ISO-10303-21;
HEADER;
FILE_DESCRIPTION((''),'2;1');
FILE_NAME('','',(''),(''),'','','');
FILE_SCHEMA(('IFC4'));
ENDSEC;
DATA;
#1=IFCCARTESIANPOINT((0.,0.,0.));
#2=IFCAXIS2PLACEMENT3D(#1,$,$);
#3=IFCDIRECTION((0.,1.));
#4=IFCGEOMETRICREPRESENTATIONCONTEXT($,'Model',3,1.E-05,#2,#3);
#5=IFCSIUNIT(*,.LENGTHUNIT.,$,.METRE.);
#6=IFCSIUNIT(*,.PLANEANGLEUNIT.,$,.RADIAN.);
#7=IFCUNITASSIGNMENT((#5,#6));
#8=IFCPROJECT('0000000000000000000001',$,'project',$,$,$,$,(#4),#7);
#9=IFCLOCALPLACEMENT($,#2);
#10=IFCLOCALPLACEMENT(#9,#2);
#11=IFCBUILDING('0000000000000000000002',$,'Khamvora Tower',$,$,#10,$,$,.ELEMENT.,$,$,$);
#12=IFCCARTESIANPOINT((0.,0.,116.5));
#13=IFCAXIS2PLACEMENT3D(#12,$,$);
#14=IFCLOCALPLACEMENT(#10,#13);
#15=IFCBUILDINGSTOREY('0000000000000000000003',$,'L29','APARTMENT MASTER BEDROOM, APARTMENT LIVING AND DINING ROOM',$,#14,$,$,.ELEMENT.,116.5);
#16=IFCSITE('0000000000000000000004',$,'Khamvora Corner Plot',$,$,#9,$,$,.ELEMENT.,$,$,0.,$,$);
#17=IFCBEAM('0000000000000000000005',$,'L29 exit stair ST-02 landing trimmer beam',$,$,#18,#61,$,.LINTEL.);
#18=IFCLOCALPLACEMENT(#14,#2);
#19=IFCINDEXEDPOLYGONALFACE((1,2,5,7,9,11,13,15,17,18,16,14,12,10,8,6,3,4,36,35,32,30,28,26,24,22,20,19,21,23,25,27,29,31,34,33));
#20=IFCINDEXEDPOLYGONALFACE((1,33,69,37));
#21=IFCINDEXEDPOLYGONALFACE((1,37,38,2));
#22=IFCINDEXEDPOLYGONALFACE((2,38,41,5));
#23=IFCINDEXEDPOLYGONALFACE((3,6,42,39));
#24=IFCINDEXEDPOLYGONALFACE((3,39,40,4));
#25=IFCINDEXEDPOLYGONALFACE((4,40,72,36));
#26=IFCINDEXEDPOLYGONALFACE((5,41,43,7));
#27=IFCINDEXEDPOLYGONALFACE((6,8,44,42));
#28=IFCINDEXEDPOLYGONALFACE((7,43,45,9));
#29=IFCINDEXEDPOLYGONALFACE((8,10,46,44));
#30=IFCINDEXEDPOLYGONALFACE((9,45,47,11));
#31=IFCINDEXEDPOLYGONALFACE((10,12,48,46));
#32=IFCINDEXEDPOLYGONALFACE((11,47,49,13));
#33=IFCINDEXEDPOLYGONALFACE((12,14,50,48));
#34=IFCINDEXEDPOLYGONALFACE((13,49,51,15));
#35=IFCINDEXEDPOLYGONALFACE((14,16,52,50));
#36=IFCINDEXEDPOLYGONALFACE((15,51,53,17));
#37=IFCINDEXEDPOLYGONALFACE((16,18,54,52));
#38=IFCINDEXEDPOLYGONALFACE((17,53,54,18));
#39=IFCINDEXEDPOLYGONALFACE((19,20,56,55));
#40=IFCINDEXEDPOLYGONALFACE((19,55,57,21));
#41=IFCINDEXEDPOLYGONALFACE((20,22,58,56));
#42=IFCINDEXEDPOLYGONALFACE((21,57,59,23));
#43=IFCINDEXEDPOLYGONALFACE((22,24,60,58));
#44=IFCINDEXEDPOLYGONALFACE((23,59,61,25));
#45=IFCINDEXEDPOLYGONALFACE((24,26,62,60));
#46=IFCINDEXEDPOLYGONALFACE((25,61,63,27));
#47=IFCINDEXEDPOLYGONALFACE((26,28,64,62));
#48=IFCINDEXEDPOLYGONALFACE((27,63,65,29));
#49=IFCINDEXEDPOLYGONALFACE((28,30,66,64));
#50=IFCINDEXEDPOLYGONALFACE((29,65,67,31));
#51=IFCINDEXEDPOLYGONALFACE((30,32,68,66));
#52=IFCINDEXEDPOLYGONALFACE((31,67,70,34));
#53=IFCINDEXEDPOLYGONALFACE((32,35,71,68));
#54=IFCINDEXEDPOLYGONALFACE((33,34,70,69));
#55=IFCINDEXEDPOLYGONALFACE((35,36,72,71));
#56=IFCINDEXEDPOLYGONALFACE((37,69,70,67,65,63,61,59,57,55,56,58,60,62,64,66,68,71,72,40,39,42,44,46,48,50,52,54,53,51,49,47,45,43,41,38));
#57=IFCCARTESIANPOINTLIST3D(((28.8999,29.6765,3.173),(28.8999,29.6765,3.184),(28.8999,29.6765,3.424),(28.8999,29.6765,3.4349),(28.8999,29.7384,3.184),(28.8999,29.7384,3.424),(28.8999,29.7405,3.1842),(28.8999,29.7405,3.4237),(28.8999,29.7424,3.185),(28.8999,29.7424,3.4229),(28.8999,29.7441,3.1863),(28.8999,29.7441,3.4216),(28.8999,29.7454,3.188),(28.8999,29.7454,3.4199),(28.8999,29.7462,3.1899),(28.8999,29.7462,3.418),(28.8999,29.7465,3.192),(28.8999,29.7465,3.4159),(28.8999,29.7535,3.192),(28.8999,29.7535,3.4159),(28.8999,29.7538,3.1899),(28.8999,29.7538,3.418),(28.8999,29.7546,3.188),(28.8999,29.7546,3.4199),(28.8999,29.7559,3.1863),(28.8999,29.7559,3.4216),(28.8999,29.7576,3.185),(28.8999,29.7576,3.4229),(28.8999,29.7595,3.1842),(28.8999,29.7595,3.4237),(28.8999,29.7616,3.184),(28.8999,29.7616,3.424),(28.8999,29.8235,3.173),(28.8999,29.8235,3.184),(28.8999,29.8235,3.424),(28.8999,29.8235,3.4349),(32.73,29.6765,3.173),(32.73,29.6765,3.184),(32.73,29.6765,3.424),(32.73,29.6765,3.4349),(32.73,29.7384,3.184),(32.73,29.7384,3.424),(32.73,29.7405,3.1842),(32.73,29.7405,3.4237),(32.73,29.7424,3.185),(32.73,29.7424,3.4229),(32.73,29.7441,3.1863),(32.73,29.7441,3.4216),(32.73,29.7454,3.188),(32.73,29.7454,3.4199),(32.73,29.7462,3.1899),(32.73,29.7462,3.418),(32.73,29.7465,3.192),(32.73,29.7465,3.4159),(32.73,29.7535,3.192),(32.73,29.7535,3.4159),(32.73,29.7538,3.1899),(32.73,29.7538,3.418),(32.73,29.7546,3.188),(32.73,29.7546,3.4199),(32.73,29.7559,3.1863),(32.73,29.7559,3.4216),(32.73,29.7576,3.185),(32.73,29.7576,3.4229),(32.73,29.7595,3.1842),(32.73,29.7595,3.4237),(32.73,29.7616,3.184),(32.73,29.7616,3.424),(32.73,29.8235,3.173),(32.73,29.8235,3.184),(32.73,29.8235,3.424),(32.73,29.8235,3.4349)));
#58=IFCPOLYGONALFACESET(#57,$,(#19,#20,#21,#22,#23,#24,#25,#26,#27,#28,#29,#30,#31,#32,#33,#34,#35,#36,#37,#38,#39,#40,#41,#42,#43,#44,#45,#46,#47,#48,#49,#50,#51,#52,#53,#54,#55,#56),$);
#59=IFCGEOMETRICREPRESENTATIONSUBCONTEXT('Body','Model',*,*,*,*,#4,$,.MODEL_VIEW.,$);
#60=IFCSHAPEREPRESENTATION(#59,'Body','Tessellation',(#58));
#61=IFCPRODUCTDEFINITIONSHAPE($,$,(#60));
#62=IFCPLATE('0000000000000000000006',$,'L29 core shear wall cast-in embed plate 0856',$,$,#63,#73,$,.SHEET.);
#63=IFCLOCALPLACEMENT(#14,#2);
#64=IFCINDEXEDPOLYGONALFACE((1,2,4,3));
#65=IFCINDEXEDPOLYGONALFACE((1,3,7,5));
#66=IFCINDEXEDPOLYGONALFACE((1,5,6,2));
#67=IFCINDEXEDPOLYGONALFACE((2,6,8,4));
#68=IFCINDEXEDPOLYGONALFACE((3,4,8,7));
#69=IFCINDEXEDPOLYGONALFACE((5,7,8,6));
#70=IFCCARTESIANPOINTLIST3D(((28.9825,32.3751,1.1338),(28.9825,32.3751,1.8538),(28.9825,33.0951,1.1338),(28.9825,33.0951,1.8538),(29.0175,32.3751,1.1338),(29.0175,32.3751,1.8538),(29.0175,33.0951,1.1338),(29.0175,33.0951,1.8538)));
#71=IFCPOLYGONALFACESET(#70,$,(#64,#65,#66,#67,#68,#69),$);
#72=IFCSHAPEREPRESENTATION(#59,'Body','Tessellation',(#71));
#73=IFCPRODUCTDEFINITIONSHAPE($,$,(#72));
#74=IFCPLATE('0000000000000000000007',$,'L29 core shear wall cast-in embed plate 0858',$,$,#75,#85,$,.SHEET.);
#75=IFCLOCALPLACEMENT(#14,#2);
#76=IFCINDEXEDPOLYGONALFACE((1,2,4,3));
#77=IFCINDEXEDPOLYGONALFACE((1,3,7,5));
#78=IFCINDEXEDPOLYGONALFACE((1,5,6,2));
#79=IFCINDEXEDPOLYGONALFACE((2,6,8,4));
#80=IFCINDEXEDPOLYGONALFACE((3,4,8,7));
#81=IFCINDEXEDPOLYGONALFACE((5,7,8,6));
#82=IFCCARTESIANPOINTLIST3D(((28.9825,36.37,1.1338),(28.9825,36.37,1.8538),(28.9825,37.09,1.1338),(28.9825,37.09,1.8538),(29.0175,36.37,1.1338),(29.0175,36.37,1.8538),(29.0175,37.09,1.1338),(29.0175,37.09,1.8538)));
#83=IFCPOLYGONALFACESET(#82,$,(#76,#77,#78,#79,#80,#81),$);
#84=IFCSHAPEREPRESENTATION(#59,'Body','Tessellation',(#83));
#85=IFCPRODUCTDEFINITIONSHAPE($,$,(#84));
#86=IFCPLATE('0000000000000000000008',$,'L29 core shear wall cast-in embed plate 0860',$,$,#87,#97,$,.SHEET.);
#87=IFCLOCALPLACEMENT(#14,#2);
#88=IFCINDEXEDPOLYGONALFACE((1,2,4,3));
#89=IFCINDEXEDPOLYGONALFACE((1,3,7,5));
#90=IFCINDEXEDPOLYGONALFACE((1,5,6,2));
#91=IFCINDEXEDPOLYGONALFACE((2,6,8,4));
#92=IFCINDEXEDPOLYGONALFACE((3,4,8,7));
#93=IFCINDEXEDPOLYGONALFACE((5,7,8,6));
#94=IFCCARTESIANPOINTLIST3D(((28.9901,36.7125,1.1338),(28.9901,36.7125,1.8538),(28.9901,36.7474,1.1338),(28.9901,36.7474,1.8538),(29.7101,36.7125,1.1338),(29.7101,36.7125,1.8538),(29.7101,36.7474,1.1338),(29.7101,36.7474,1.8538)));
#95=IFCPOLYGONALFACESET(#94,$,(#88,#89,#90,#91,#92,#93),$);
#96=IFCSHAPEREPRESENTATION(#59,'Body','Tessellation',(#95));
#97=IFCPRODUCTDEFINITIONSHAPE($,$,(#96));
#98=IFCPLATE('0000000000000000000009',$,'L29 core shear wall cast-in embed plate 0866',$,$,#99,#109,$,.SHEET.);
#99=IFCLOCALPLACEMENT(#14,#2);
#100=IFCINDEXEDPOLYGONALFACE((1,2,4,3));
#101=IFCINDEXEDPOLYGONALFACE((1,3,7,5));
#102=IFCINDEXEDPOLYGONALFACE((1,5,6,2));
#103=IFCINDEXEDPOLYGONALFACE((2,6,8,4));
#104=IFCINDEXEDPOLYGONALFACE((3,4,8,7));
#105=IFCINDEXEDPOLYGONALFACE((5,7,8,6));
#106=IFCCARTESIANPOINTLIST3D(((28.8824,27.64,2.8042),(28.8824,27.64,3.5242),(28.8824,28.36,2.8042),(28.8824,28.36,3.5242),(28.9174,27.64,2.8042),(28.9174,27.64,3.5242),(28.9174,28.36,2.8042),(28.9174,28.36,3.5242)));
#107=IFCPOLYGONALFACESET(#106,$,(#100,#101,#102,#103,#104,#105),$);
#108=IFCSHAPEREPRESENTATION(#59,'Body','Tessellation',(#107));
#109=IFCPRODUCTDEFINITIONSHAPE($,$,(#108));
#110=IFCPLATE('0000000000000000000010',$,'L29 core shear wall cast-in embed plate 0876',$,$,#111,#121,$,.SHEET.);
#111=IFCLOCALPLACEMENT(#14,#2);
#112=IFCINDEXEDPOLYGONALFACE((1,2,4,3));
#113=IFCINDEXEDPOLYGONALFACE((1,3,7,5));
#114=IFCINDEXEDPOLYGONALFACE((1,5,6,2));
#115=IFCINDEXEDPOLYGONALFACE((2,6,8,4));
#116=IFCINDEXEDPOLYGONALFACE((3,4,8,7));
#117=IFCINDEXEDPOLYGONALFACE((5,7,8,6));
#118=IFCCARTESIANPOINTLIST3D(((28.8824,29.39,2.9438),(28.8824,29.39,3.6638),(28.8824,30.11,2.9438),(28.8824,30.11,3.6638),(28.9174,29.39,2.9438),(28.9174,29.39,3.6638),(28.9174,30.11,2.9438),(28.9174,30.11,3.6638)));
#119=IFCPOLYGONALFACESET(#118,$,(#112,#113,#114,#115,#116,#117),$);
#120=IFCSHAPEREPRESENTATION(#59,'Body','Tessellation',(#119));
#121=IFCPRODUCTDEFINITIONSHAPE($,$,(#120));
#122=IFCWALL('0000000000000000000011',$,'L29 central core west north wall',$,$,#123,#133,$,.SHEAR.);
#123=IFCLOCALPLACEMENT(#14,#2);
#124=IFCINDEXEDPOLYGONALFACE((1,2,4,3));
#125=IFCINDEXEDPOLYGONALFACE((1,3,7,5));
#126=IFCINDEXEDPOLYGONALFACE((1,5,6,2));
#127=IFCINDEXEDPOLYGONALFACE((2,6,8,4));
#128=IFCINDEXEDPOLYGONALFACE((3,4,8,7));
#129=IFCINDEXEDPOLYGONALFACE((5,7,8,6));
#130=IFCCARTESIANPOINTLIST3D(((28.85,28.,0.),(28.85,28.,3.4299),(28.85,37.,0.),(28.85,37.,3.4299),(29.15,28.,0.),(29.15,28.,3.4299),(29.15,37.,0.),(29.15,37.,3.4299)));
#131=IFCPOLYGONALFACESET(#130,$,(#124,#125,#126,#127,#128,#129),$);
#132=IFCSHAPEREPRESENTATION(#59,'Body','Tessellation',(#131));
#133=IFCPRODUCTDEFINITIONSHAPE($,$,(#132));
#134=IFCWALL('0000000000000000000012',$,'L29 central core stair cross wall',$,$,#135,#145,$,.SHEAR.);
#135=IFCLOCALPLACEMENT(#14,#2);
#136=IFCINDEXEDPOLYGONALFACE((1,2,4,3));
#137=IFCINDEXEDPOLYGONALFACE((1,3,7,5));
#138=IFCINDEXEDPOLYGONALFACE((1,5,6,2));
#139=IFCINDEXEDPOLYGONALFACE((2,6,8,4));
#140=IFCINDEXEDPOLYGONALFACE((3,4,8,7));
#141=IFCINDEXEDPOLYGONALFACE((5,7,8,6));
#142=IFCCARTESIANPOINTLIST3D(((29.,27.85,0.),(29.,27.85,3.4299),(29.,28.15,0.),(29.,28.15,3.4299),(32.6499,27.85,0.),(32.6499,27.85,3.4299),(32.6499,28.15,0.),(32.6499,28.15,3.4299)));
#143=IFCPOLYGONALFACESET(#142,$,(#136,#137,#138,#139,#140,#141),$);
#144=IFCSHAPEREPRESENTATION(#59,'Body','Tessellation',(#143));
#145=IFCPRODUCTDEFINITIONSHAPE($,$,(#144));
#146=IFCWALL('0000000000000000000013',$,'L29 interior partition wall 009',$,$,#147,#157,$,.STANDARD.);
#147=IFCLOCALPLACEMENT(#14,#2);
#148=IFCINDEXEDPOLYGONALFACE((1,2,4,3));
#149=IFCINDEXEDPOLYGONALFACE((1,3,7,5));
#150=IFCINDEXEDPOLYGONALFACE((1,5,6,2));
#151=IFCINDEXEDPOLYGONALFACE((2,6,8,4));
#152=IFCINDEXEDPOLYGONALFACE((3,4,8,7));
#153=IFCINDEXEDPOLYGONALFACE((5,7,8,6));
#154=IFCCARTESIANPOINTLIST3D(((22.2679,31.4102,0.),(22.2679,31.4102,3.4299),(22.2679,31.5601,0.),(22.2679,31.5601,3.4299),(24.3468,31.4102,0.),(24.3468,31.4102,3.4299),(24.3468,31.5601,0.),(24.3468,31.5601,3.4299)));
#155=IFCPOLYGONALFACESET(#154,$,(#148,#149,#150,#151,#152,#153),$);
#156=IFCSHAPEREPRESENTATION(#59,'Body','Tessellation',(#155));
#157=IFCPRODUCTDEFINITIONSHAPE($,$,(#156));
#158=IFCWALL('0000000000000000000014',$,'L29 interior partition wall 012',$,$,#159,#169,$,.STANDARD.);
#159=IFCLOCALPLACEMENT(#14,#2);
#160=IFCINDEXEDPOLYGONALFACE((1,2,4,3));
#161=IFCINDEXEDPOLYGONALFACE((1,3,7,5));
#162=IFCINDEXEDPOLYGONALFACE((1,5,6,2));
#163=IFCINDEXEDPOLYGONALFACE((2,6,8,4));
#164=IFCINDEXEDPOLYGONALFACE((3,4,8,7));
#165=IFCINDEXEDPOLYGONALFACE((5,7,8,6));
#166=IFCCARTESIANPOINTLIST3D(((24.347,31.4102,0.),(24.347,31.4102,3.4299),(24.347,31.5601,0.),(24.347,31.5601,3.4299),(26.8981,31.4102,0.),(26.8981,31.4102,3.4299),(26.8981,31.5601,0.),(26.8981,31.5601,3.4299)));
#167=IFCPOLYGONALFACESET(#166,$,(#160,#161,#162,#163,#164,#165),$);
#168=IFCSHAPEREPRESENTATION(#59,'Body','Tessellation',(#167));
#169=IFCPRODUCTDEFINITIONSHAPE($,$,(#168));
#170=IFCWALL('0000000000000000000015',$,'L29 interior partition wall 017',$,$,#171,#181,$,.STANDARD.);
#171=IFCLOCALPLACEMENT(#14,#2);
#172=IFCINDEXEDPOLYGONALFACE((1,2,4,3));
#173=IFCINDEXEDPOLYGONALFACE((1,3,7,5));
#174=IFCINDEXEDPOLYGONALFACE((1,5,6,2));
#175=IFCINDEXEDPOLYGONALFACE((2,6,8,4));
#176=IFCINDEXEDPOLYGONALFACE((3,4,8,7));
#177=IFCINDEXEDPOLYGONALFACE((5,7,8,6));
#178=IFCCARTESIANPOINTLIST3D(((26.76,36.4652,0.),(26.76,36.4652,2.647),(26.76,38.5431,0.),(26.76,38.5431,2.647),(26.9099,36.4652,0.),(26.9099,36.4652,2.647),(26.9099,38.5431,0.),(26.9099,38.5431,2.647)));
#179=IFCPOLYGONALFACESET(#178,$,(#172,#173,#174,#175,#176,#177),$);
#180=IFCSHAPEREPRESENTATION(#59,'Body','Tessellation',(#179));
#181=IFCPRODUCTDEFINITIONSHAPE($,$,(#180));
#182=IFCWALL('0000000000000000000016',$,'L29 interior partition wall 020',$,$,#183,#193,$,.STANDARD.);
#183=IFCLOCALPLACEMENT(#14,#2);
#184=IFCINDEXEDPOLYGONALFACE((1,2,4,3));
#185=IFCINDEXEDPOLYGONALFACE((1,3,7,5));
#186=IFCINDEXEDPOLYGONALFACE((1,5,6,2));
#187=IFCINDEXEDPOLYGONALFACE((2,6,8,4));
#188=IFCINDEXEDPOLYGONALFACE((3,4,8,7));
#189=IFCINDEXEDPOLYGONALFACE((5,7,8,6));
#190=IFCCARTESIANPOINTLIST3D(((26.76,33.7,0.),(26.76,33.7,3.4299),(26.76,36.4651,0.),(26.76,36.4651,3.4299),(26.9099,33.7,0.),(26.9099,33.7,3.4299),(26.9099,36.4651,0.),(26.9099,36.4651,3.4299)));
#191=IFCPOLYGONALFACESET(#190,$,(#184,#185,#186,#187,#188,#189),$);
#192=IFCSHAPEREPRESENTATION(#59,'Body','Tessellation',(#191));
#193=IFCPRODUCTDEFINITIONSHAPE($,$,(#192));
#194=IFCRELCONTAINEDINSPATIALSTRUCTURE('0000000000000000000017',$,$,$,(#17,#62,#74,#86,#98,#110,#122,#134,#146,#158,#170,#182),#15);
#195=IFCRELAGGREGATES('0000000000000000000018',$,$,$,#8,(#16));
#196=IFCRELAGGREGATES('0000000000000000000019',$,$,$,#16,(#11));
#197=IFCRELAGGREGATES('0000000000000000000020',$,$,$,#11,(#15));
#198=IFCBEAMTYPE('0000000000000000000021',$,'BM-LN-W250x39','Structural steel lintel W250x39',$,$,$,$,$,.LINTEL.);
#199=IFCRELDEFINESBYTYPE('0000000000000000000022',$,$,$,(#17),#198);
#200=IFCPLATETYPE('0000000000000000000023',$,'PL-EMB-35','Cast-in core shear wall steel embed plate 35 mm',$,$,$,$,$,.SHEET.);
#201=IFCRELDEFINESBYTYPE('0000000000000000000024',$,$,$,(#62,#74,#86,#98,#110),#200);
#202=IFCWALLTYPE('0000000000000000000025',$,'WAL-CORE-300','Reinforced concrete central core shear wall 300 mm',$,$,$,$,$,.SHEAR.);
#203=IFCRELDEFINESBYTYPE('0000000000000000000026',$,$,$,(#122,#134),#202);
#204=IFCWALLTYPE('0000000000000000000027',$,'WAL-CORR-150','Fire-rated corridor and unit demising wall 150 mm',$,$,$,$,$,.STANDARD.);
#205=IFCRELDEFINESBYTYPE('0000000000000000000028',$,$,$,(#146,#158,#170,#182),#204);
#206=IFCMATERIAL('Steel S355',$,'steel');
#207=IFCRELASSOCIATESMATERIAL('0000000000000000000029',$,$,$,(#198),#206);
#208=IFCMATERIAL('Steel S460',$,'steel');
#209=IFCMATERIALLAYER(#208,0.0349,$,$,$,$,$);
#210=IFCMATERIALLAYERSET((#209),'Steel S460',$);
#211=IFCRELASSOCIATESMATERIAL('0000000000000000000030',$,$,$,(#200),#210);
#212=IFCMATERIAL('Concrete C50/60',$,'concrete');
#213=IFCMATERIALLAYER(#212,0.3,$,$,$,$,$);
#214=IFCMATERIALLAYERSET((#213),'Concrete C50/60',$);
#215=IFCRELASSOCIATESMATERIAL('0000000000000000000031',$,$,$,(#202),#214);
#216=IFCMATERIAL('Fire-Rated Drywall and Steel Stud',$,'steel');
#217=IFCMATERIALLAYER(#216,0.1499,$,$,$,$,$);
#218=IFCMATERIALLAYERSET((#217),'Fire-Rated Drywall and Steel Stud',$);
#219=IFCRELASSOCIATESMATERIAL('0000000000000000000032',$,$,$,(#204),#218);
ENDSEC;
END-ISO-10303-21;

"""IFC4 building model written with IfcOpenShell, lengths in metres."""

from ifc_helpers import new_model, si_unit, direction, frame, frame_2d, origin, origin_2d, place, context, subcontext, project, spatial, rectangle, i_section, extrude, material, layer, layer_set, material_profile, profile_set, type_object, element, save


model = new_model("IFC4")

# Units and contexts
model_context = context("Model", 3, precision=1e-05, world=origin(), true_north=direction((0.0, 1.0)))
body_context = subcontext(model_context, "Body", "Model", "MODEL_VIEW")
ifc_project = project(units=[si_unit("LENGTHUNIT", "METRE"), si_unit("PLANEANGLEUNIT", "RADIAN")], contexts=[model_context])

# Site, building, storey
site_placement = place(None, origin())
site = spatial("IfcSite", under=ifc_project, at=site_placement, Name="Khamvora Corner Plot", CompositionType="ELEMENT", RefElevation=0.0)
building_placement = place(site_placement, origin())
building = spatial("IfcBuilding", under=site, at=building_placement, Name="Khamvora Tower", CompositionType="ELEMENT")
storey_placement = place(building_placement, frame((0.0, 0.0, 116.5)))
storey = spatial("IfcBuildingStorey", under=building, at=storey_placement, Name="L29", Description="APARTMENT MASTER BEDROOM, APARTMENT LIVING AND DINING ROOM", CompositionType="ELEMENT", Elevation=116.5)

# Shared definitions
ifc_material_1 = material(Name="Steel S460", Category="steel")

# Beam
ifc_material_2 = material(Name="Steel S355", Category="steel")
ifc_material_profile_1 = material_profile(ifc_material_2, i_section(OverallWidth=0.147, OverallDepth=0.262, WebThickness=0.0071, FlangeThickness=0.011, FilletRadius=0.0081, at=origin_2d()), Name="W250x39")
ifc_profile_set_1 = profile_set([ifc_material_profile_1], Name="Steel S355")
beam_type = type_object("IfcBeamType", Name="BM-LN-W250x39", Description="Structural steel lintel W250x39", PredefinedType="LINTEL", material=ifc_profile_set_1)
beam_1_placement = place(storey_placement, frame((28.8999, 29.75, 3.304), z_axis=(1.0, 0.0, 0.0), x_axis=(0.0, 1.0, 0.0)))
element("IfcBeam", 1, at=beam_1_placement, inside=storey, type_object=beam_type, Name="L29 exit stair ST-02 landing trimmer beam", PredefinedType="LINTEL", context=body_context, shape_type="SweptSolid", body=[
    extrude(i_section(OverallWidth=0.147, OverallDepth=0.262, WebThickness=0.0071, FlangeThickness=0.011, FilletRadius=0.0081, at=origin_2d()), origin(), (0.0, 0.0, 1.0), 3.8301),
])

# Plates
ifc_layer_1 = layer(ifc_material_1, 0.0349)
ifc_layer_set_1 = layer_set([ifc_layer_1], Name="Steel S460")
plate_type = type_object("IfcPlateType", Name="PL-EMB-35", Description="Cast-in core shear wall steel embed plate 35 mm", PredefinedType="SHEET", material=ifc_layer_set_1)
for number, where, z_axis, x_axis, name in (
    (2, (29.0, 32.7351, 1.1338), (0.0, 0.0, 1.0), (1.0, 0.0, 0.0), "L29 core shear wall cast-in embed plate 0856"),
    (3, (29.0, 36.73, 1.1338), (0.0, 0.0, 1.0), (1.0, 0.0, 0.0), "L29 core shear wall cast-in embed plate 0858"),
):
    element("IfcPlate", number, at=place(storey_placement, frame(where, z_axis=z_axis, x_axis=x_axis)), inside=storey, type_object=plate_type, Name=name, PredefinedType="SHEET", context=body_context, shape_type="SweptSolid", body=[
        extrude(rectangle(XDim=0.0349, YDim=0.72, at=origin_2d()), origin(), (0.0, 0.0, 1.0), 0.72),
    ])
plate_placement = place(storey_placement, frame((29.3501, 36.73, 1.1338), z_axis=(0.0, 0.0, 1.0), x_axis=(1.0, 0.0, 0.0)))
element("IfcPlate", 4, at=plate_placement, inside=storey, type_object=plate_type, Name="L29 core shear wall cast-in embed plate 0860", PredefinedType="SHEET", context=body_context, shape_type="SweptSolid", body=[
    extrude(rectangle(XDim=0.72, YDim=0.0349, at=origin_2d()), origin(), (0.0, 0.0, 1.0), 0.72),
])
for number, where, z_axis, x_axis, name in (
    (5, (28.8999, 28.0, 2.8042), (0.0, 0.0, 1.0), (1.0, 0.0, 0.0), "L29 core shear wall cast-in embed plate 0866"),
    (6, (28.8999, 29.75, 2.9438), (0.0, 0.0, 1.0), (1.0, 0.0, 0.0), "L29 core shear wall cast-in embed plate 0876"),
):
    element("IfcPlate", number, at=place(storey_placement, frame(where, z_axis=z_axis, x_axis=x_axis)), inside=storey, type_object=plate_type, Name=name, PredefinedType="SHEET", context=body_context, shape_type="SweptSolid", body=[
        extrude(rectangle(XDim=0.0349, YDim=0.72, at=origin_2d()), origin(), (0.0, 0.0, 1.0), 0.72),
    ])

# Walls
ifc_material_3 = material(Name="Concrete C50/60", Category="concrete")
ifc_layer_2 = layer(ifc_material_3, 0.3)
ifc_layer_set_2 = layer_set([ifc_layer_2], Name="Concrete C50/60")
wall_type_1 = type_object("IfcWallType", Name="WAL-CORE-300", Description="Reinforced concrete central core shear wall 300 mm", PredefinedType="SHEAR", material=ifc_layer_set_2)
wall_1_placement = place(storey_placement, frame((29.0, 28.0, 0.0), z_axis=(0.0, 0.0, 1.0), x_axis=(0.0, 1.0, 0.0)))
element("IfcWall", 7, at=wall_1_placement, inside=storey, type_object=wall_type_1, Name="L29 central core west north wall", PredefinedType="SHEAR", context=body_context, shape_type="SweptSolid", body=[
    extrude(rectangle(XDim=9.0, YDim=0.3, at=frame_2d((4.5, 0.0))), origin(), (0.0, 0.0, 1.0), 3.4299),
])
wall_2_placement = place(storey_placement, frame((29.0, 28.0, 0.0), z_axis=(0.0, 0.0, 1.0), x_axis=(1.0, 0.0, 0.0)))
element("IfcWall", 8, at=wall_2_placement, inside=storey, type_object=wall_type_1, Name="L29 central core stair cross wall", PredefinedType="SHEAR", context=body_context, shape_type="SweptSolid", body=[
    extrude(rectangle(XDim=3.6499, YDim=0.3, at=frame_2d((1.825, 0.0))), origin(), (0.0, 0.0, 1.0), 3.4299),
])
ifc_material_4 = material(Name="Fire-Rated Drywall and Steel Stud", Category="steel")
ifc_layer_3 = layer(ifc_material_4, 0.1499)
ifc_layer_set_3 = layer_set([ifc_layer_3], Name="Fire-Rated Drywall and Steel Stud")
wall_type_2 = type_object("IfcWallType", Name="WAL-CORR-150", Description="Fire-rated corridor and unit demising wall 150 mm", PredefinedType="STANDARD", material=ifc_layer_set_3)
wall_3_placement = place(storey_placement, frame((24.3469, 31.4851, 0.0), z_axis=(0.0, 0.0, 1.0), x_axis=(-1.0, 0.0, 0.0)))
element("IfcWall", 9, at=wall_3_placement, inside=storey, type_object=wall_type_2, Name="L29 interior partition wall 009", PredefinedType="STANDARD", context=body_context, shape_type="SweptSolid", body=[
    extrude(rectangle(XDim=2.0789, YDim=0.1499, at=frame_2d((1.0396, 0.0))), origin(), (0.0, 0.0, 1.0), 3.4299),
])
wall_4_placement = place(storey_placement, frame((26.8979, 31.4851, 0.0), z_axis=(0.0, 0.0, 1.0), x_axis=(-1.0, 0.0, 0.0)))
element("IfcWall", 10, at=wall_4_placement, inside=storey, type_object=wall_type_2, Name="L29 interior partition wall 012", PredefinedType="STANDARD", context=body_context, shape_type="SweptSolid", body=[
    extrude(rectangle(XDim=2.551, YDim=0.1499, at=frame_2d((1.2754, 0.0))), origin(), (0.0, 0.0, 1.0), 3.4299),
])
wall_5_placement = place(storey_placement, frame((26.835, 36.4651, 0.0), z_axis=(0.0, 0.0, 1.0), x_axis=(0.0, 1.0, 0.0)))
element("IfcWall", 11, at=wall_5_placement, inside=storey, type_object=wall_type_2, Name="L29 interior partition wall 017", PredefinedType="STANDARD", context=body_context, shape_type="SweptSolid", body=[
    extrude(rectangle(XDim=2.0779, YDim=0.1499, at=frame_2d((1.0391, 0.0))), origin(), (0.0, 0.0, 1.0), 2.647),
])
wall_6_placement = place(storey_placement, frame((26.835, 33.7, 0.0), z_axis=(0.0, 0.0, 1.0), x_axis=(0.0, 1.0, 0.0)))
element("IfcWall", 12, at=wall_6_placement, inside=storey, type_object=wall_type_2, Name="L29 interior partition wall 020", PredefinedType="STANDARD", context=body_context, shape_type="SweptSolid", body=[
    extrude(rectangle(XDim=2.7651, YDim=0.1499, at=frame_2d((1.3826, 0.0))), origin(), (0.0, 0.0, 1.0), 3.4299),
])

save(model, "model.ifc")
